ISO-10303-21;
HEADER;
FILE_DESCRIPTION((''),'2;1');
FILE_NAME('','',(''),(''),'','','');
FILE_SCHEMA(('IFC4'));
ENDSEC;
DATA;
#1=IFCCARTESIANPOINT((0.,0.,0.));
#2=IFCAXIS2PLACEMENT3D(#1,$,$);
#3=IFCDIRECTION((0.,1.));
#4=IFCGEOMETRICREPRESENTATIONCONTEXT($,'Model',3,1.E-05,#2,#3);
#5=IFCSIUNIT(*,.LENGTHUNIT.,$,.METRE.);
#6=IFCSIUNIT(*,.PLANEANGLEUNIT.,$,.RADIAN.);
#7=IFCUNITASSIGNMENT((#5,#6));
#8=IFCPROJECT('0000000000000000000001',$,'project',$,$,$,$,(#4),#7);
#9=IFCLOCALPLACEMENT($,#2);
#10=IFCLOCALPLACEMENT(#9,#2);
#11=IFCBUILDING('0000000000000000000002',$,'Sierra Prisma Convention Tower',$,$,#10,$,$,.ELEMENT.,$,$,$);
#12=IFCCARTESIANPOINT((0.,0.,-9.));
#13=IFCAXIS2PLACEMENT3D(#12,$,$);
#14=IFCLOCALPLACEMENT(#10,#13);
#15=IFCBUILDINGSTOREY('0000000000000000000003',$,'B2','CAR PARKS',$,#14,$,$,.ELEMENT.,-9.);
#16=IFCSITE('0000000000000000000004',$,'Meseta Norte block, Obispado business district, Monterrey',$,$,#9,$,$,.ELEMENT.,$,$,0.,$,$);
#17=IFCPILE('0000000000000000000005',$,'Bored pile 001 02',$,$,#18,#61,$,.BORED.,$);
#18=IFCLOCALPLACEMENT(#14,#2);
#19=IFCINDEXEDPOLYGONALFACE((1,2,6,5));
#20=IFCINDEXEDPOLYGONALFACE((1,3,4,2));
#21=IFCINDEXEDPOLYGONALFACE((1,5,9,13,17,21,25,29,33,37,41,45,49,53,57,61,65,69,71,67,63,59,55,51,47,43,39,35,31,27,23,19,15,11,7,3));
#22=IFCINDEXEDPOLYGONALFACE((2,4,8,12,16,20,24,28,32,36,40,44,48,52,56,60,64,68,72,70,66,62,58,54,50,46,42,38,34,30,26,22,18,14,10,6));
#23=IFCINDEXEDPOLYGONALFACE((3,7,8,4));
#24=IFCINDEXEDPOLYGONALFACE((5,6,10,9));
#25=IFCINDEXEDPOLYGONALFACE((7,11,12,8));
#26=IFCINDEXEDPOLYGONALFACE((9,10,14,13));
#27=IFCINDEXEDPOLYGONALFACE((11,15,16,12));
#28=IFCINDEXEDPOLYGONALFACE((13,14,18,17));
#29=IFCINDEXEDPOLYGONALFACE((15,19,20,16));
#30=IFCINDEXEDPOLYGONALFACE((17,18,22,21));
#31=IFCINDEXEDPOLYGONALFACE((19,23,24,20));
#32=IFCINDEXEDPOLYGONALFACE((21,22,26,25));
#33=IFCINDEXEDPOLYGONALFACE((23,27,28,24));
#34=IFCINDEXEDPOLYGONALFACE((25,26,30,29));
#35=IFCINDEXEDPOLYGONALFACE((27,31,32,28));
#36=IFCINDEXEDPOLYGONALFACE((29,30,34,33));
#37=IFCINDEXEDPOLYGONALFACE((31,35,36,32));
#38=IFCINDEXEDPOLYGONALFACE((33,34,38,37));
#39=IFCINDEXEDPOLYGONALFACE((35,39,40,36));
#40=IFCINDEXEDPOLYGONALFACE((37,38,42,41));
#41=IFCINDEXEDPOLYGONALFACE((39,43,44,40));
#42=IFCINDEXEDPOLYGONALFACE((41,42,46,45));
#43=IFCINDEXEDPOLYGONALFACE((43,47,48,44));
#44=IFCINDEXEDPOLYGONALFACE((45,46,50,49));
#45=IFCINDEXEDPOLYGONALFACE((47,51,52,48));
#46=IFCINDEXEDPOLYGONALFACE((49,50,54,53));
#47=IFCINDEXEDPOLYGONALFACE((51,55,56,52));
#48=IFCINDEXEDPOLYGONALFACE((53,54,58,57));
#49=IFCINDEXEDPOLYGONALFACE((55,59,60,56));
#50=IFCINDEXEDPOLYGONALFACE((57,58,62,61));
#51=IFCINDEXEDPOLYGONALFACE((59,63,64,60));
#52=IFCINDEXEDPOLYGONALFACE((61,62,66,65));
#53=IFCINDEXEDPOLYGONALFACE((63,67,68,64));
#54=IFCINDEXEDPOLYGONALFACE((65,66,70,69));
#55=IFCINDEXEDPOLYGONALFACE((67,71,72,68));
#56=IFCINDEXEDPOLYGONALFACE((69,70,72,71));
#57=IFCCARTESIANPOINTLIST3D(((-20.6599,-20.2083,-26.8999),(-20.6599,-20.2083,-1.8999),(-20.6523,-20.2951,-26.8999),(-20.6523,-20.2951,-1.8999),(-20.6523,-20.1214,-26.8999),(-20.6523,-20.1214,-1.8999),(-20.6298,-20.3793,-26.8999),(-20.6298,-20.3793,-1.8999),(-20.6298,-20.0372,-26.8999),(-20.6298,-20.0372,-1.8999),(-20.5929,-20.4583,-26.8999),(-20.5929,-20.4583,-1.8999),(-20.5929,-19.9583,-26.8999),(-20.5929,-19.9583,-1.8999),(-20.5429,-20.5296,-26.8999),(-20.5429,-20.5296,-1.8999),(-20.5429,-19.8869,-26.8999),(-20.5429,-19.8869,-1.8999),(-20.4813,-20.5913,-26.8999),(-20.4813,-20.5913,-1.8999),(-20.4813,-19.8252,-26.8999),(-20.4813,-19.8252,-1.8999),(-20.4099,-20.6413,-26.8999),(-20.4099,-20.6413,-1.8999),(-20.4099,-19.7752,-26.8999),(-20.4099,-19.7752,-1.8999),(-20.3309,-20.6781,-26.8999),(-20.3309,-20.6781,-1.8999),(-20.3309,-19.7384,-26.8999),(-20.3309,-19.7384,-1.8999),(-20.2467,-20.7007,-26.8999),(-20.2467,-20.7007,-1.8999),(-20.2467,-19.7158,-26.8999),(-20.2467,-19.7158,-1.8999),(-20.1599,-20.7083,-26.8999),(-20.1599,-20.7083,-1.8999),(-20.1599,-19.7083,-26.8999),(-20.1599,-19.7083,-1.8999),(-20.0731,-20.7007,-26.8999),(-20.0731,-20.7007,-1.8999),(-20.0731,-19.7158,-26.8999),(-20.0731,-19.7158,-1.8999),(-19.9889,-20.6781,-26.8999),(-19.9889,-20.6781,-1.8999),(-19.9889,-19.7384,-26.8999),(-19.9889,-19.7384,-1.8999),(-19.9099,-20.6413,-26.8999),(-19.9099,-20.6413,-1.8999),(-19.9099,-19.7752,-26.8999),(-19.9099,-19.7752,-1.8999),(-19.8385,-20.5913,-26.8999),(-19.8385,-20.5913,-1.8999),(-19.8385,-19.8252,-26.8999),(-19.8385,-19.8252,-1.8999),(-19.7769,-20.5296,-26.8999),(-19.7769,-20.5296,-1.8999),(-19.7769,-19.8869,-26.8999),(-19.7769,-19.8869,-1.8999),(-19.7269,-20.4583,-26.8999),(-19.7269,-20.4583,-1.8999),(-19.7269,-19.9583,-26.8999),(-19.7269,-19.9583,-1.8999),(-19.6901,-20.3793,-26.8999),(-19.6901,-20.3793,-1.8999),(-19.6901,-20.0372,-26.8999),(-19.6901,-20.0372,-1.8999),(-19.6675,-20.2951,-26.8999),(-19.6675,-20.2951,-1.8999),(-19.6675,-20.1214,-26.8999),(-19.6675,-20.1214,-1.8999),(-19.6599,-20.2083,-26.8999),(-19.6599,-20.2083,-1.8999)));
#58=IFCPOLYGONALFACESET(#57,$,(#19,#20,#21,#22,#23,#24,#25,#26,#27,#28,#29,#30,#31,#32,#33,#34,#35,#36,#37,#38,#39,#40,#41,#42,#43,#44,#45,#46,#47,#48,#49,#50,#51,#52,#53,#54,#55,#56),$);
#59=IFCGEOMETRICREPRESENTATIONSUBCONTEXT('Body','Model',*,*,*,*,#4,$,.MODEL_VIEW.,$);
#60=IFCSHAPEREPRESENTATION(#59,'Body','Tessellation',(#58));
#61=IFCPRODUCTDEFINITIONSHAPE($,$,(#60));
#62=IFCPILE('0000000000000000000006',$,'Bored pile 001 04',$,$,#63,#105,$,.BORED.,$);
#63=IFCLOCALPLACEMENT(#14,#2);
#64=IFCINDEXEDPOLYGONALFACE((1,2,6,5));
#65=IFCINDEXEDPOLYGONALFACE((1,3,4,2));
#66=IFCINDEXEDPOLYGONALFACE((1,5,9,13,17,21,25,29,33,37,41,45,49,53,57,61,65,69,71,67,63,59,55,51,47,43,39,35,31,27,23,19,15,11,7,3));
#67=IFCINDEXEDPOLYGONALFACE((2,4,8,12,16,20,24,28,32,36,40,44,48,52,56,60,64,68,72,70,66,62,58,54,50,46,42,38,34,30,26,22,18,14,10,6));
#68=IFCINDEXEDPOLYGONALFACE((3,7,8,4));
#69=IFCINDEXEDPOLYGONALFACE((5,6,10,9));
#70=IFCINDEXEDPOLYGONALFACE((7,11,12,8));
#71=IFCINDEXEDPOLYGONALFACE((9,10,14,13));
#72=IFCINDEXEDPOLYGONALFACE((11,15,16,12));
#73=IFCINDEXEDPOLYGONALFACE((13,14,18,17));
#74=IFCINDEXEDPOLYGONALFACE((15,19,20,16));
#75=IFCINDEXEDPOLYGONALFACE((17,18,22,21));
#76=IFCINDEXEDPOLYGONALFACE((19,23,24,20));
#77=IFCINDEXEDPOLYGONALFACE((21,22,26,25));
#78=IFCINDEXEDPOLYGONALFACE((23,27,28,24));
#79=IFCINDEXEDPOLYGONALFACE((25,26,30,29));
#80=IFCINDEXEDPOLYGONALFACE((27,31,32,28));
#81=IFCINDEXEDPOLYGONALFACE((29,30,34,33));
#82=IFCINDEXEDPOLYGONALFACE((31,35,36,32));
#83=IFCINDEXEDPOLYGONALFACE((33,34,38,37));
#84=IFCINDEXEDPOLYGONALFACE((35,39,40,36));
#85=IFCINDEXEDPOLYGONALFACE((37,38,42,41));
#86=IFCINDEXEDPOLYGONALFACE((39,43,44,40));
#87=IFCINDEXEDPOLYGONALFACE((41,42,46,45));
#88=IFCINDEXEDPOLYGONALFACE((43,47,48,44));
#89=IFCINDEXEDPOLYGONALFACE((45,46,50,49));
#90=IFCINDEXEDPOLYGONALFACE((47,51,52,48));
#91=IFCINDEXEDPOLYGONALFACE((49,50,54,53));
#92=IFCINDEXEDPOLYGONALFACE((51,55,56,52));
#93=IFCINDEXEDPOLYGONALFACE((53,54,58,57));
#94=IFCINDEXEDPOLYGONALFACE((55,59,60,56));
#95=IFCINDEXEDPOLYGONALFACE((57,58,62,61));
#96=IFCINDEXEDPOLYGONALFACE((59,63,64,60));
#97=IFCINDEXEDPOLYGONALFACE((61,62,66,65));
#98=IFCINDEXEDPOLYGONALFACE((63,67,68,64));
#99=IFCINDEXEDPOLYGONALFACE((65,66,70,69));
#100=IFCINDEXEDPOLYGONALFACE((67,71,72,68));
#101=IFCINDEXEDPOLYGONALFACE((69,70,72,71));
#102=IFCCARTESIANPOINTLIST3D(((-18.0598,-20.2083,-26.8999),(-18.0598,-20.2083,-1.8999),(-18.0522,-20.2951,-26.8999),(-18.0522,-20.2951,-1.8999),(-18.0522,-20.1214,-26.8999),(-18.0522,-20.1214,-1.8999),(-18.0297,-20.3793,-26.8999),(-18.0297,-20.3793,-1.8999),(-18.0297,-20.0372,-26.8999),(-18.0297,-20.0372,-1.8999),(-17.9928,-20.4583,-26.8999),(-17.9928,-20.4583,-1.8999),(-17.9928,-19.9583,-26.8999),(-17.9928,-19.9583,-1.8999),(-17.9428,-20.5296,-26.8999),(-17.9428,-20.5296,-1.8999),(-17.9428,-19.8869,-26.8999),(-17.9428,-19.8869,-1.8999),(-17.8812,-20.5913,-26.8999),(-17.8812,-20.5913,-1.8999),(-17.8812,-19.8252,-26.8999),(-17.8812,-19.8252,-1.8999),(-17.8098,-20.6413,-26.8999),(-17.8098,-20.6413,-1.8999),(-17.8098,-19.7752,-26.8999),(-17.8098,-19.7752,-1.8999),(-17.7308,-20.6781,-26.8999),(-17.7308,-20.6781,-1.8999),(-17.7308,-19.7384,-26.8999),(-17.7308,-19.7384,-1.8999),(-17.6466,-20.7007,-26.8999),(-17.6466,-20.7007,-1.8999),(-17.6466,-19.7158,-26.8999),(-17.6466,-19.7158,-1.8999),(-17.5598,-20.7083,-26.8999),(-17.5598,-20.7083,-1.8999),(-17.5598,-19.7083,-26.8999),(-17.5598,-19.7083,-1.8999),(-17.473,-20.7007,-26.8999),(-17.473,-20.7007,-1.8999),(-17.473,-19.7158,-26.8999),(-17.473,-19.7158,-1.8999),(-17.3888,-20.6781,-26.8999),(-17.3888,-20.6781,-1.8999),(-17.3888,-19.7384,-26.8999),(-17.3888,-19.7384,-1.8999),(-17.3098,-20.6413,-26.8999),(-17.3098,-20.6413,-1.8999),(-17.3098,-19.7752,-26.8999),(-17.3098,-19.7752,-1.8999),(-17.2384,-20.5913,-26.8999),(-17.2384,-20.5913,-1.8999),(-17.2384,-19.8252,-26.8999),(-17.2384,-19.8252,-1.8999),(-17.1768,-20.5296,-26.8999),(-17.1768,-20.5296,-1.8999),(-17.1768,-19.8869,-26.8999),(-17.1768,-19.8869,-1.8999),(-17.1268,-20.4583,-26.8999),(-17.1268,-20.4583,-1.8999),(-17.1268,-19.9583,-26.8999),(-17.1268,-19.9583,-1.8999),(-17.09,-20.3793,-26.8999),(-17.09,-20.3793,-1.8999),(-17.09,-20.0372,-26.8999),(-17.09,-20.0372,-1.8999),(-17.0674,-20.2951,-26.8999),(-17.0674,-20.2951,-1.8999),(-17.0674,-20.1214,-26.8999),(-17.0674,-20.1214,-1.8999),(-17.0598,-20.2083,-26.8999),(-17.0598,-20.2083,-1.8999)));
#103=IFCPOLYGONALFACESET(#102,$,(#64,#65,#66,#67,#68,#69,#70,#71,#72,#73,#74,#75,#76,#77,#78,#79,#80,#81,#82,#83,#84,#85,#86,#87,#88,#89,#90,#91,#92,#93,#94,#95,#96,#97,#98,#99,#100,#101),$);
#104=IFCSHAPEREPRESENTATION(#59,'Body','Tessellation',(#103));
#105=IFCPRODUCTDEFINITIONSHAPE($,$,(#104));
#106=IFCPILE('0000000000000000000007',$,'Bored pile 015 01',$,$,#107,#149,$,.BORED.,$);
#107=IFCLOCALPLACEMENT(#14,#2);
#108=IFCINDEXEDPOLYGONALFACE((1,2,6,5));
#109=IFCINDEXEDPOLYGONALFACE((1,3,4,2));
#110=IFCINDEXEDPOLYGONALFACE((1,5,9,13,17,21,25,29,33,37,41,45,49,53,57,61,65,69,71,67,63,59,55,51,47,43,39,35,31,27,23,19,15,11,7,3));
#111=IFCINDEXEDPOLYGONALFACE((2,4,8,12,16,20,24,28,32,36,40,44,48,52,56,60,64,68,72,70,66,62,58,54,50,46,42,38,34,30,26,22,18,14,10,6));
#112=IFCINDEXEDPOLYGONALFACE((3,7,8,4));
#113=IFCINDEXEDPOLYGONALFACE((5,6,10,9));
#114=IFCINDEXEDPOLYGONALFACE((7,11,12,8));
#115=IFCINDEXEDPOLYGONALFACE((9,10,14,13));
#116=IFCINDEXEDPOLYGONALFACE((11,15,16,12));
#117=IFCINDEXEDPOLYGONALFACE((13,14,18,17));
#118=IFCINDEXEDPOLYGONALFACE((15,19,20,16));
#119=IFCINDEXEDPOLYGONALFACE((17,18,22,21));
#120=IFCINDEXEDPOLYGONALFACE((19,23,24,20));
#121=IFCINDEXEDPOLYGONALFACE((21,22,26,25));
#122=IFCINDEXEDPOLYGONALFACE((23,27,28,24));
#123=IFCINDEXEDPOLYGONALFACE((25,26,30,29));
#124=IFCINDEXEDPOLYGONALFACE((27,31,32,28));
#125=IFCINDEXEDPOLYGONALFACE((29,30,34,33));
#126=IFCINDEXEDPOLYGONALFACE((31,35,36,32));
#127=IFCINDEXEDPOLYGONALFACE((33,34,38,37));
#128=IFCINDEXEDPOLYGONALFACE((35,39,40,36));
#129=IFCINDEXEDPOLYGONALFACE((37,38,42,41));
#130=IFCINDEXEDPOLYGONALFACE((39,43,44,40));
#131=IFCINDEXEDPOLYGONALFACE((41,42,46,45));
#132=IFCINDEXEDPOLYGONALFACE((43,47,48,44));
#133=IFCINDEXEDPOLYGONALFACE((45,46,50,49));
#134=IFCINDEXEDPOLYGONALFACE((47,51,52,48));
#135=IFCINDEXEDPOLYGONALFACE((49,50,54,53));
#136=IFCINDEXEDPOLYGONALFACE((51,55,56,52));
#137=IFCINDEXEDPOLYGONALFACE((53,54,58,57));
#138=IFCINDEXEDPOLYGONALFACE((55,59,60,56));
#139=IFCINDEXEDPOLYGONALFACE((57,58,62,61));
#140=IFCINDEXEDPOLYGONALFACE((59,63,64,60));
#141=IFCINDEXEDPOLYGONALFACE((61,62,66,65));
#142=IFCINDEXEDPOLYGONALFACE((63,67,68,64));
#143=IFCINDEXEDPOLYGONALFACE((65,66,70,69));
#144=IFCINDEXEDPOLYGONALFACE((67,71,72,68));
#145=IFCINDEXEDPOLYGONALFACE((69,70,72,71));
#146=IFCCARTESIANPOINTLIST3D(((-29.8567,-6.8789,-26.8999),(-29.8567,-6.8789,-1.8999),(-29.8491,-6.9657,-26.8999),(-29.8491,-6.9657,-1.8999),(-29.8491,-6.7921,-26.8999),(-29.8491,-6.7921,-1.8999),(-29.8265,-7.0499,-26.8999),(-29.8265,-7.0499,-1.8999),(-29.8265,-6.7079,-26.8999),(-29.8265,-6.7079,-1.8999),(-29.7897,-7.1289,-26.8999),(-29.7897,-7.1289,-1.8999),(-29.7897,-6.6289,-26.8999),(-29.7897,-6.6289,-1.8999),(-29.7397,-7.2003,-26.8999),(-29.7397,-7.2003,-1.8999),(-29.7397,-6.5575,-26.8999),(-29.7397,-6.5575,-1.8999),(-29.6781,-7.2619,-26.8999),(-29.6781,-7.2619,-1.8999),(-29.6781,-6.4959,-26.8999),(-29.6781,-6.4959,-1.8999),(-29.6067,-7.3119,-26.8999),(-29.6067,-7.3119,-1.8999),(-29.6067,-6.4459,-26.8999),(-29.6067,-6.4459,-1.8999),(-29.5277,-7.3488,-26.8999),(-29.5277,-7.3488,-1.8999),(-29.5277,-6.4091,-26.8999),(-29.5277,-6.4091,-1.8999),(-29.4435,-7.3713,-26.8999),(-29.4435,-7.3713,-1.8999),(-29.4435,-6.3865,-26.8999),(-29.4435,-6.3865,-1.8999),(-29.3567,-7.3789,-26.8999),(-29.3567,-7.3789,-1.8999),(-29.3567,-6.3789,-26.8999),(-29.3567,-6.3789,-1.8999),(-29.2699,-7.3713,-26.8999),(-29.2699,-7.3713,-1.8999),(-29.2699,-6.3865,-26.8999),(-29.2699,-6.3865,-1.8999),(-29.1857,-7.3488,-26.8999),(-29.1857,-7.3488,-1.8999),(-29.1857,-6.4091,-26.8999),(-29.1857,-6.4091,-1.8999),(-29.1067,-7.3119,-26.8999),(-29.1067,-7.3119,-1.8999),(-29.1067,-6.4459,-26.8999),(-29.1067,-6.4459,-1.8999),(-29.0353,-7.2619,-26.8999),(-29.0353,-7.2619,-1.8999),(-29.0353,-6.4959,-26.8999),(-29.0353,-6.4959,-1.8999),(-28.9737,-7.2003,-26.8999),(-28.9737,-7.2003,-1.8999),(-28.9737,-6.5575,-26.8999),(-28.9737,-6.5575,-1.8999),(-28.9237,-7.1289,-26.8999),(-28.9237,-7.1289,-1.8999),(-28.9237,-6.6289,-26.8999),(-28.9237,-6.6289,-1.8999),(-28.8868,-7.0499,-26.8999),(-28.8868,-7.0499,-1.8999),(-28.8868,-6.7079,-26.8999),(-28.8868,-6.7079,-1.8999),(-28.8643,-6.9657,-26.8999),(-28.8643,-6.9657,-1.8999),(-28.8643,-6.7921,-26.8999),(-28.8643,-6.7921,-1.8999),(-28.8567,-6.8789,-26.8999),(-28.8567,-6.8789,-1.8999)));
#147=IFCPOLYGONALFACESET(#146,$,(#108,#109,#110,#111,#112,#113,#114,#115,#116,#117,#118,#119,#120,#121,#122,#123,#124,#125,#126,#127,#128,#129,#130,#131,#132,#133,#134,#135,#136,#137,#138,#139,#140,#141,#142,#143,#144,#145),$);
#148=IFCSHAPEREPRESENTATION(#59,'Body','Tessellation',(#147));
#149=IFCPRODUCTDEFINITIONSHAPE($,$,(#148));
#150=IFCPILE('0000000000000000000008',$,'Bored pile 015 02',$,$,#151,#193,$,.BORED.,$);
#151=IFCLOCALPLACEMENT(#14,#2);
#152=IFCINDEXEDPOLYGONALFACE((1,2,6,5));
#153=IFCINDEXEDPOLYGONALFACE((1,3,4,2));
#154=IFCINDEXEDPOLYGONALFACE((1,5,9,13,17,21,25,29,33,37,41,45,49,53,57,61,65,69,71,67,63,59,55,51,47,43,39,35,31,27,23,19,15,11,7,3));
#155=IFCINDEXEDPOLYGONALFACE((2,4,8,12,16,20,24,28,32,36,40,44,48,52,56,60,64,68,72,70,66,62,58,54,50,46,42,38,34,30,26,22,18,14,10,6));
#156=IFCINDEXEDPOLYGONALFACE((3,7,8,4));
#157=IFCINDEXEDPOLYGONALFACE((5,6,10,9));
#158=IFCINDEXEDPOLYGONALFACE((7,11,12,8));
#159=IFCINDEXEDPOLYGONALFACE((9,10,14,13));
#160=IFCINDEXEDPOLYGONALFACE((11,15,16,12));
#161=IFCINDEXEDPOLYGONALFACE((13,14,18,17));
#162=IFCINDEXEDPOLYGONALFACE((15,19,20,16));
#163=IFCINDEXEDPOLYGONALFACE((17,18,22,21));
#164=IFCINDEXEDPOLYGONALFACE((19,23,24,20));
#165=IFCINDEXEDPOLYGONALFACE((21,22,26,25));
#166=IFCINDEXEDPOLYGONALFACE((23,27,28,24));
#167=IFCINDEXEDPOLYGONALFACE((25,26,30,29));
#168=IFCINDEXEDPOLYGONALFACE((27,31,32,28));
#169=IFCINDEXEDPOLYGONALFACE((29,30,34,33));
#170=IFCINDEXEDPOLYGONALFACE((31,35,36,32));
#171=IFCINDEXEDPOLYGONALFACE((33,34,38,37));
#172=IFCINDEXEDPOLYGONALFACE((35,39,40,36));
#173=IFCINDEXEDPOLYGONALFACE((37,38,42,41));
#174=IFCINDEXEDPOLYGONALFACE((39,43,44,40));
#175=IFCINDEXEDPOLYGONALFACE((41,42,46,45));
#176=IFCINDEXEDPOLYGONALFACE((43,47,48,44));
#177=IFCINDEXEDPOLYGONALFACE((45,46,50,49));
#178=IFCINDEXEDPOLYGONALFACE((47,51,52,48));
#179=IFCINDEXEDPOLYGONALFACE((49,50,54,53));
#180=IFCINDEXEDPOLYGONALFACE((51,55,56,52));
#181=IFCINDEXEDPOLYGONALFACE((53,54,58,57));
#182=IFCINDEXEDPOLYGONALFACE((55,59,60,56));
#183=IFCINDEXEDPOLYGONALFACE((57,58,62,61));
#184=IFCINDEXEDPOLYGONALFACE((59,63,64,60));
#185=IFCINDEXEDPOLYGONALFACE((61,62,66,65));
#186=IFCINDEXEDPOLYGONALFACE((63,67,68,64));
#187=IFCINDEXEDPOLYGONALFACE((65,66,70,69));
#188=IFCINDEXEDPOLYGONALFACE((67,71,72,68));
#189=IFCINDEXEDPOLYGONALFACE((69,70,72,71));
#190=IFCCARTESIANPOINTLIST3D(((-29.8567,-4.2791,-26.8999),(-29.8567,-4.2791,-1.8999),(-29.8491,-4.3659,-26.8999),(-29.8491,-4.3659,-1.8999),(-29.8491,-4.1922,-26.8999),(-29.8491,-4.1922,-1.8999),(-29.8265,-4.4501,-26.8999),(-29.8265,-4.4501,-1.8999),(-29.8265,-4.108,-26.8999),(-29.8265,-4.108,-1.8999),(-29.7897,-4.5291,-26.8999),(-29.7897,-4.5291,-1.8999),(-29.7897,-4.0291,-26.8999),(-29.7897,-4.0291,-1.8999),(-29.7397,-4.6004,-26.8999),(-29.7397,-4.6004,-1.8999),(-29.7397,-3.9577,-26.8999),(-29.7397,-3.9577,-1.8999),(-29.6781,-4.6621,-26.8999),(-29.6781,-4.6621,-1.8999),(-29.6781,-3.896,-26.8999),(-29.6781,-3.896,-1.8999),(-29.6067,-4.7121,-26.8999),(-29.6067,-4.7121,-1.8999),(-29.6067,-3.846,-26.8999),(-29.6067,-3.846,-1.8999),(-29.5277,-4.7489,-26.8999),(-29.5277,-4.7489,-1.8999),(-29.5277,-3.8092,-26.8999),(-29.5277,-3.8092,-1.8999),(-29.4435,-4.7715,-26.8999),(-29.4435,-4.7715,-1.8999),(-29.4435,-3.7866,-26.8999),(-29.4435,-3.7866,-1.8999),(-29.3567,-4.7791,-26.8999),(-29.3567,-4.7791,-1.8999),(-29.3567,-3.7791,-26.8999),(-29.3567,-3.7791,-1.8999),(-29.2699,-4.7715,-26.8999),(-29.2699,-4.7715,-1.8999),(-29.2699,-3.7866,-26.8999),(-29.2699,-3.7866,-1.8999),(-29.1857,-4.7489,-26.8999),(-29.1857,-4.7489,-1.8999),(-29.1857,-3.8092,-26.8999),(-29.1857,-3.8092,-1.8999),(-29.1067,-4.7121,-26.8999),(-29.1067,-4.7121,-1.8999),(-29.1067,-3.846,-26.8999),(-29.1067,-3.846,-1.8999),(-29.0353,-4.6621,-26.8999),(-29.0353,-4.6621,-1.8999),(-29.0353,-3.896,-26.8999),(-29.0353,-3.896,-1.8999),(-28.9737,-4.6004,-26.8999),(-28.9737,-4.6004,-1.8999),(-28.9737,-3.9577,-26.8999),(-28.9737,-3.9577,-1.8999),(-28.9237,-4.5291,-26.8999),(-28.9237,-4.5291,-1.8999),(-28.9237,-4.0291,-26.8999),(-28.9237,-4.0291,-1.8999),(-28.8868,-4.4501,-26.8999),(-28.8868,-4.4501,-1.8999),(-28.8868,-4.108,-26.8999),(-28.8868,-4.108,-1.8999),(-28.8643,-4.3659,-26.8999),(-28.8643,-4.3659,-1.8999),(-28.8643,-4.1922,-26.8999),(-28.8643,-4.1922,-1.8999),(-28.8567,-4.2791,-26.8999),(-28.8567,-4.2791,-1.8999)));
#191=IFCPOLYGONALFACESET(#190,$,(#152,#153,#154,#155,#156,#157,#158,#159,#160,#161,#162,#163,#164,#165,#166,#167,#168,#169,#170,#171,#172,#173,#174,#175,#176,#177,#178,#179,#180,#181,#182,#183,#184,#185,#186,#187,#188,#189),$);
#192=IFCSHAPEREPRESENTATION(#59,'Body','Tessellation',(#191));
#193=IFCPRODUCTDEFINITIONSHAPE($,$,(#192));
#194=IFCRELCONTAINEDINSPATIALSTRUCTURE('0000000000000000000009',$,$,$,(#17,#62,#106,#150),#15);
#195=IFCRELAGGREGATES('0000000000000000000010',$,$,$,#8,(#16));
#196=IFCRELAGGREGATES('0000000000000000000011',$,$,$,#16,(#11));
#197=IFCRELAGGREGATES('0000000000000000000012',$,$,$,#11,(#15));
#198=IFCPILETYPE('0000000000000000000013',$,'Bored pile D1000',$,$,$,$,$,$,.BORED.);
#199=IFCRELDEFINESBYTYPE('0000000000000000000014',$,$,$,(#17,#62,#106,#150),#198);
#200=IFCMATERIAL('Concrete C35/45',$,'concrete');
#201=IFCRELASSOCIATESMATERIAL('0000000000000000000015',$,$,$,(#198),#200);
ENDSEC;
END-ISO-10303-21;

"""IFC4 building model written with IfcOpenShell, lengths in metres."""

from ifc_helpers import new_model, si_unit, direction, frame, origin, origin_2d, place, context, subcontext, project, spatial, circle, extrude, material, material_profile, profile_set, type_object, element, save


model = new_model("IFC4")

# Units and contexts
model_context = context("Model", 3, precision=1e-05, world=origin(), true_north=direction((0.0, 1.0)))
body_context = subcontext(model_context, "Body", "Model", "MODEL_VIEW")
ifc_project = project(units=[si_unit("LENGTHUNIT", "METRE"), si_unit("PLANEANGLEUNIT", "RADIAN")], contexts=[model_context])

# Site, building, storey
site_placement = place(None, origin())
site = spatial("IfcSite", under=ifc_project, at=site_placement, Name="Meseta Norte block, Obispado business district, Monterrey", CompositionType="ELEMENT", RefElevation=0.0)
building_placement = place(site_placement, origin())
building = spatial("IfcBuilding", under=site, at=building_placement, Name="Sierra Prisma Convention Tower", CompositionType="ELEMENT")
storey_placement = place(building_placement, frame((0.0, 0.0, -9.0)))
storey = spatial("IfcBuildingStorey", under=building, at=storey_placement, Name="B2", Description="CAR PARKS", CompositionType="ELEMENT", Elevation=-9.0)

# Piles
ifc_material_1 = material(Name="Concrete C35/45", Category="concrete")
ifc_material_profile_1 = material_profile(ifc_material_1, circle(Radius=0.5, at=origin_2d()), Name="D1000")
ifc_profile_set_1 = profile_set([ifc_material_profile_1], Name="Concrete C35/45")
pile_type_1 = type_object("IfcPileType", Name="Bored pile D1000", PredefinedType="BORED", material=ifc_profile_set_1)
for number, where, z_axis, x_axis, name in (
    (1, (-20.1599, -20.2083, -1.8999), (0.0, 0.0, -1.0), (1.0, 0.0, 0.0), "Bored pile 001 02"),
    (2, (-17.5598, -20.2083, -1.8999), (0.0, 0.0, -1.0), (1.0, 0.0, 0.0), "Bored pile 001 04"),
    (3, (-29.3567, -6.8789, -1.8999), (0.0, 0.0, -1.0), (1.0, 0.0, 0.0), "Bored pile 015 01"),
    (4, (-29.3567, -4.2791, -1.8999), (0.0, 0.0, -1.0), (1.0, 0.0, 0.0), "Bored pile 015 02"),
):
    element("IfcPile", number, at=place(storey_placement, frame(where, z_axis=z_axis, x_axis=x_axis)), inside=storey, type_object=pile_type_1, Name=name, PredefinedType="BORED", context=body_context, shape_type="SweptSolid", body=[
        extrude(circle(Radius=0.5, at=origin_2d()), origin(), (0.0, 0.0, 1.0), 25.0),
    ])

save(model, "model.ifc")
